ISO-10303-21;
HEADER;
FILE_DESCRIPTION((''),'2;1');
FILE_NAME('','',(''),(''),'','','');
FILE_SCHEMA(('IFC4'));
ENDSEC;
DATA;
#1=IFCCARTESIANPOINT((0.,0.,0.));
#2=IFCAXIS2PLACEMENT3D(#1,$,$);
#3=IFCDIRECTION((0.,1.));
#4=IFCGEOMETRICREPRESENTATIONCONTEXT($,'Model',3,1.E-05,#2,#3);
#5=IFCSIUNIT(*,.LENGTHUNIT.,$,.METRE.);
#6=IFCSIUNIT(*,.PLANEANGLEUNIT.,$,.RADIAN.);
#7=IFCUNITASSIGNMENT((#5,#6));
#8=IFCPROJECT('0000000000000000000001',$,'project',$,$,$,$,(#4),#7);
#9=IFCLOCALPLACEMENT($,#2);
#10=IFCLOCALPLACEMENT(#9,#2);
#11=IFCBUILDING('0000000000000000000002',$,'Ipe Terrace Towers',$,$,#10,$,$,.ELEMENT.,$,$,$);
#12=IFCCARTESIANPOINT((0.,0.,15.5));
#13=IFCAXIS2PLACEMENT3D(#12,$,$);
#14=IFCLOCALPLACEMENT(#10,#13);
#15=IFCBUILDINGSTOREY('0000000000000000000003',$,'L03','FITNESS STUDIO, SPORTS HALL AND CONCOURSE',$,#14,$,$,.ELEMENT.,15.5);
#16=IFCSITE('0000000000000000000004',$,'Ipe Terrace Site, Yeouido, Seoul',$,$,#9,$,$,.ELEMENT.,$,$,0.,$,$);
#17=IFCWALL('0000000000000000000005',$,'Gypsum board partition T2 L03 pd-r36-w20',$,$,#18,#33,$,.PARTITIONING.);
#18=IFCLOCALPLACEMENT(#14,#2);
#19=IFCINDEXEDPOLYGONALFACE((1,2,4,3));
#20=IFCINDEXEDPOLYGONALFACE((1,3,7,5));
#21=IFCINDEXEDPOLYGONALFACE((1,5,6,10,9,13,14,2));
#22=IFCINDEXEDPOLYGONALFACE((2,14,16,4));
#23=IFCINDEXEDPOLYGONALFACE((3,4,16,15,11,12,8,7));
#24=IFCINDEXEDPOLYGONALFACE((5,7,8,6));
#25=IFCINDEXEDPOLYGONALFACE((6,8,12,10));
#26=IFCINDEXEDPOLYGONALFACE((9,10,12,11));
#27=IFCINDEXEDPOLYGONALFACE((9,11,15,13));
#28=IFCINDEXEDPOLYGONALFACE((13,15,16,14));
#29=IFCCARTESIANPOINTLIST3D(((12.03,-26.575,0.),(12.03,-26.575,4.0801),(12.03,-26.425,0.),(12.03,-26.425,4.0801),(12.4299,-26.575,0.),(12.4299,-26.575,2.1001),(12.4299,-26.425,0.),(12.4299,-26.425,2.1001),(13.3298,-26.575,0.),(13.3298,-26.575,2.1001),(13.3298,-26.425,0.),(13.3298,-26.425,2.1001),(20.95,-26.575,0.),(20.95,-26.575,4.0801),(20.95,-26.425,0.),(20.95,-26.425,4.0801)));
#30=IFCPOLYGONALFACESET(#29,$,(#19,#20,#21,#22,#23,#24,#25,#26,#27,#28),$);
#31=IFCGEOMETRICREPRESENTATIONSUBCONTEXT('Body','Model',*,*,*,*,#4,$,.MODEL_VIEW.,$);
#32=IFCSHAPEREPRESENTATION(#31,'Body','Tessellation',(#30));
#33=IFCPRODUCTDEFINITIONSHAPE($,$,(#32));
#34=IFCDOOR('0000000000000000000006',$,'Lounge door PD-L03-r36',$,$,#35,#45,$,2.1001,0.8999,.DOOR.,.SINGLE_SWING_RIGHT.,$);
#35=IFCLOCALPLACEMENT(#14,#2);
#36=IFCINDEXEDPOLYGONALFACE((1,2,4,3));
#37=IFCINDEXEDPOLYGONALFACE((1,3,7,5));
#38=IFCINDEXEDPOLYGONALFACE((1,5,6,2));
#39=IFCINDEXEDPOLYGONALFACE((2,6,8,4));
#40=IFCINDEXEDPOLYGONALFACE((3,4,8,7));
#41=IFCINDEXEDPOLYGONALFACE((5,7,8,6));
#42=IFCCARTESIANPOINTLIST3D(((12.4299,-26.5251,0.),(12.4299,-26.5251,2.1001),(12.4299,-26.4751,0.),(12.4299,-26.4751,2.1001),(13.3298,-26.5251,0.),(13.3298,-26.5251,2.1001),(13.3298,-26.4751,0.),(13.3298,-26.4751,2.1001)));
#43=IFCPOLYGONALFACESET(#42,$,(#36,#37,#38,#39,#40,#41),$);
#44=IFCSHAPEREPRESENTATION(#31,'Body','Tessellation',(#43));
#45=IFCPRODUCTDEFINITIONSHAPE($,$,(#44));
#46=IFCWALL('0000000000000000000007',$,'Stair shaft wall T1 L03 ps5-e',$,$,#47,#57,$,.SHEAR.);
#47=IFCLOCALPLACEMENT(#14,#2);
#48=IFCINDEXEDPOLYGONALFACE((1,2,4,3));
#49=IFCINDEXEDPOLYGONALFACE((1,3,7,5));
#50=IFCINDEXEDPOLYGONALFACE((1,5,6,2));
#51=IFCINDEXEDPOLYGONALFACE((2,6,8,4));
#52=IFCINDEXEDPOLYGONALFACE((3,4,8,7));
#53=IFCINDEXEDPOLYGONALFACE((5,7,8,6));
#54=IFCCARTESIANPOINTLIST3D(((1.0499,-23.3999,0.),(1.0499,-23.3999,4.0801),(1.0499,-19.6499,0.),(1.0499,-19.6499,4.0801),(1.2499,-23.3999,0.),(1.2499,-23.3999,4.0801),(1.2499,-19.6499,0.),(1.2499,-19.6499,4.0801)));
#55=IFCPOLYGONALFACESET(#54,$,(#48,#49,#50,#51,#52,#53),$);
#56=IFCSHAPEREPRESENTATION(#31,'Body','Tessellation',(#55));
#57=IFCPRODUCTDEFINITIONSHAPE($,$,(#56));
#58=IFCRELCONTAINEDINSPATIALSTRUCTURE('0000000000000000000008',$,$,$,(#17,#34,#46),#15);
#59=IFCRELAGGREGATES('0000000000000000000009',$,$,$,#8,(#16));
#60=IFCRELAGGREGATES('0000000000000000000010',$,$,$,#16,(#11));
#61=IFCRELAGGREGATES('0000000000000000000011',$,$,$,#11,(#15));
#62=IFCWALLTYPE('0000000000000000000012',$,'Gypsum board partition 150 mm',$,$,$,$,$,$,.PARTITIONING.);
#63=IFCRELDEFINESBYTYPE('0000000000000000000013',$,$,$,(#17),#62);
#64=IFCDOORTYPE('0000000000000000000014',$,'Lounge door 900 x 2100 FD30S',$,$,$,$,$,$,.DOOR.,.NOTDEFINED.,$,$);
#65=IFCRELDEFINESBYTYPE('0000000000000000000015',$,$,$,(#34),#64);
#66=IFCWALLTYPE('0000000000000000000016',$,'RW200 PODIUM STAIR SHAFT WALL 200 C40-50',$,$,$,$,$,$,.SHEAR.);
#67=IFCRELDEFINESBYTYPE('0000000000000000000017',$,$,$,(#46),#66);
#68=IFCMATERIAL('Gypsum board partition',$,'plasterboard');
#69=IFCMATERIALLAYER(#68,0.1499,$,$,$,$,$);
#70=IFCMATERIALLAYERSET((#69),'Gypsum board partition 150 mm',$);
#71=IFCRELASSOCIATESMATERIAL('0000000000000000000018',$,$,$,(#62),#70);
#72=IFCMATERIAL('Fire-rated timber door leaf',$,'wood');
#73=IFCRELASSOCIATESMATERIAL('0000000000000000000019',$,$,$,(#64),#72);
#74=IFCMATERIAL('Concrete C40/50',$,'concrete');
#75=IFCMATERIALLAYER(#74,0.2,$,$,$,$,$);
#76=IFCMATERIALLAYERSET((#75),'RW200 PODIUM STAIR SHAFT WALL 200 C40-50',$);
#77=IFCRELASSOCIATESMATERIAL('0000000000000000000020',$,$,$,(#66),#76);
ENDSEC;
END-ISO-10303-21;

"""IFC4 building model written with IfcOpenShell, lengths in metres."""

from ifc_helpers import new_model, si_unit, direction, frame, frame_2d, origin, place, context, subcontext, project, spatial, rectangle, extrude, material, layer, layer_set, type_object, element, fill, save


model = new_model("IFC4")

# Units and contexts
model_context = context("Model", 3, precision=1e-05, world=origin(), true_north=direction((0.0, 1.0)))
body_context = subcontext(model_context, "Body", "Model", "MODEL_VIEW")
ifc_project = project(units=[si_unit("LENGTHUNIT", "METRE"), si_unit("PLANEANGLEUNIT", "RADIAN")], contexts=[model_context])

# Site, building, storey
site_placement = place(None, origin())
site = spatial("IfcSite", under=ifc_project, at=site_placement, Name="Ipe Terrace Site, Yeouido, Seoul", CompositionType="ELEMENT", RefElevation=0.0)
building_placement = place(site_placement, origin())
building = spatial("IfcBuilding", under=site, at=building_placement, Name="Ipe Terrace Towers", CompositionType="ELEMENT")
storey_placement = place(building_placement, frame((0.0, 0.0, 15.5)))
storey = spatial("IfcBuildingStorey", under=building, at=storey_placement, Name="L03", Description="FITNESS STUDIO, SPORTS HALL AND CONCOURSE", CompositionType="ELEMENT", Elevation=15.5)

# Shared definitions
ifc_material_1 = material(Name="Gypsum board partition", Category="plasterboard")
ifc_layer_1 = layer(ifc_material_1, 0.1499)
ifc_layer_set_1 = layer_set([ifc_layer_1], Name="Gypsum board partition 150 mm")
wall_type_1 = type_object("IfcWallType", Name="Gypsum board partition 150 mm", PredefinedType="PARTITIONING", material=ifc_layer_set_1)

# Shared definitions
ifc_material_2 = material(Name="Fire-rated timber door leaf", Category="wood")
door_type_1 = type_object("IfcDoorType", Name="Lounge door 900 x 2100 FD30S", OperationType="NOTDEFINED", PredefinedType="DOOR", material=ifc_material_2)

# Wall, opening, door
wall_1_placement = place(storey_placement, frame((12.03, -26.5, 0.0), z_axis=(0.0, 0.0, 1.0), x_axis=(1.0, 0.0, 0.0)))
wall_1 = element("IfcWall", 1, at=wall_1_placement, inside=storey, type_object=wall_type_1, Name="Gypsum board partition T2 L03 pd-r36-w20", PredefinedType="PARTITIONING", context=body_context, shape_type="SweptSolid", body=[
    extrude(rectangle(XDim=8.9199, YDim=0.1499, at=frame_2d((4.46, 0.0))), origin(), (0.0, 0.0, 1.0), 4.0801),
])
opening_1_placement = place(wall_1_placement, frame((0.3999, 0.0, 0.0)))
opening_1 = element("IfcOpeningElement", 2, at=opening_1_placement, cuts=wall_1, PredefinedType="OPENING", context=body_context, shape_type="SweptSolid", body=[
    extrude(rectangle(XDim=0.8999, YDim=2.1001, at=frame_2d((0.45, 1.05))), frame((0.0, 0.085, 0.0), z_axis=(0.0, -1.0, 0.0), x_axis=(1.0, 0.0, 0.0)), (0.0, 0.0, 1.0), 0.1699),
])
door_1_placement = place(opening_1_placement, origin())
door_1 = element("IfcDoor", 3, at=door_1_placement, inside=storey, type_object=door_type_1, Name="Lounge door PD-L03-r36", OperationType="SINGLE_SWING_RIGHT", OverallHeight=2.1001, OverallWidth=0.8999, PredefinedType="DOOR", context=body_context, shape_type="SweptSolid", body=[
    extrude(rectangle(XDim=0.8999, YDim=2.1001, at=frame_2d((0.45, 1.05))), frame((0.0, 0.0249, 0.0), z_axis=(0.0, -1.0, 0.0), x_axis=(1.0, 0.0, 0.0)), (0.0, 0.0, 1.0), 0.05),
])
fill(opening_1, door_1)

# Wall
ifc_material_3 = material(Name="Concrete C40/50", Category="concrete")
ifc_layer_2 = layer(ifc_material_3, 0.2)
ifc_layer_set_2 = layer_set([ifc_layer_2], Name="RW200 PODIUM STAIR SHAFT WALL 200 C40-50")
wall_type_2 = type_object("IfcWallType", Name="RW200 PODIUM STAIR SHAFT WALL 200 C40-50", PredefinedType="SHEAR", material=ifc_layer_set_2)
wall_2_placement = place(storey_placement, frame((1.1499, -23.3999, 0.0), z_axis=(0.0, 0.0, 1.0), x_axis=(0.0, 1.0, 0.0)))
element("IfcWall", 4, at=wall_2_placement, inside=storey, type_object=wall_type_2, Name="Stair shaft wall T1 L03 ps5-e", PredefinedType="SHEAR", context=body_context, shape_type="SweptSolid", body=[
    extrude(rectangle(XDim=3.75, YDim=0.2, at=frame_2d((1.875, 0.0))), origin(), (0.0, 0.0, 1.0), 4.0801),
])

save(model, "model.ifc")
